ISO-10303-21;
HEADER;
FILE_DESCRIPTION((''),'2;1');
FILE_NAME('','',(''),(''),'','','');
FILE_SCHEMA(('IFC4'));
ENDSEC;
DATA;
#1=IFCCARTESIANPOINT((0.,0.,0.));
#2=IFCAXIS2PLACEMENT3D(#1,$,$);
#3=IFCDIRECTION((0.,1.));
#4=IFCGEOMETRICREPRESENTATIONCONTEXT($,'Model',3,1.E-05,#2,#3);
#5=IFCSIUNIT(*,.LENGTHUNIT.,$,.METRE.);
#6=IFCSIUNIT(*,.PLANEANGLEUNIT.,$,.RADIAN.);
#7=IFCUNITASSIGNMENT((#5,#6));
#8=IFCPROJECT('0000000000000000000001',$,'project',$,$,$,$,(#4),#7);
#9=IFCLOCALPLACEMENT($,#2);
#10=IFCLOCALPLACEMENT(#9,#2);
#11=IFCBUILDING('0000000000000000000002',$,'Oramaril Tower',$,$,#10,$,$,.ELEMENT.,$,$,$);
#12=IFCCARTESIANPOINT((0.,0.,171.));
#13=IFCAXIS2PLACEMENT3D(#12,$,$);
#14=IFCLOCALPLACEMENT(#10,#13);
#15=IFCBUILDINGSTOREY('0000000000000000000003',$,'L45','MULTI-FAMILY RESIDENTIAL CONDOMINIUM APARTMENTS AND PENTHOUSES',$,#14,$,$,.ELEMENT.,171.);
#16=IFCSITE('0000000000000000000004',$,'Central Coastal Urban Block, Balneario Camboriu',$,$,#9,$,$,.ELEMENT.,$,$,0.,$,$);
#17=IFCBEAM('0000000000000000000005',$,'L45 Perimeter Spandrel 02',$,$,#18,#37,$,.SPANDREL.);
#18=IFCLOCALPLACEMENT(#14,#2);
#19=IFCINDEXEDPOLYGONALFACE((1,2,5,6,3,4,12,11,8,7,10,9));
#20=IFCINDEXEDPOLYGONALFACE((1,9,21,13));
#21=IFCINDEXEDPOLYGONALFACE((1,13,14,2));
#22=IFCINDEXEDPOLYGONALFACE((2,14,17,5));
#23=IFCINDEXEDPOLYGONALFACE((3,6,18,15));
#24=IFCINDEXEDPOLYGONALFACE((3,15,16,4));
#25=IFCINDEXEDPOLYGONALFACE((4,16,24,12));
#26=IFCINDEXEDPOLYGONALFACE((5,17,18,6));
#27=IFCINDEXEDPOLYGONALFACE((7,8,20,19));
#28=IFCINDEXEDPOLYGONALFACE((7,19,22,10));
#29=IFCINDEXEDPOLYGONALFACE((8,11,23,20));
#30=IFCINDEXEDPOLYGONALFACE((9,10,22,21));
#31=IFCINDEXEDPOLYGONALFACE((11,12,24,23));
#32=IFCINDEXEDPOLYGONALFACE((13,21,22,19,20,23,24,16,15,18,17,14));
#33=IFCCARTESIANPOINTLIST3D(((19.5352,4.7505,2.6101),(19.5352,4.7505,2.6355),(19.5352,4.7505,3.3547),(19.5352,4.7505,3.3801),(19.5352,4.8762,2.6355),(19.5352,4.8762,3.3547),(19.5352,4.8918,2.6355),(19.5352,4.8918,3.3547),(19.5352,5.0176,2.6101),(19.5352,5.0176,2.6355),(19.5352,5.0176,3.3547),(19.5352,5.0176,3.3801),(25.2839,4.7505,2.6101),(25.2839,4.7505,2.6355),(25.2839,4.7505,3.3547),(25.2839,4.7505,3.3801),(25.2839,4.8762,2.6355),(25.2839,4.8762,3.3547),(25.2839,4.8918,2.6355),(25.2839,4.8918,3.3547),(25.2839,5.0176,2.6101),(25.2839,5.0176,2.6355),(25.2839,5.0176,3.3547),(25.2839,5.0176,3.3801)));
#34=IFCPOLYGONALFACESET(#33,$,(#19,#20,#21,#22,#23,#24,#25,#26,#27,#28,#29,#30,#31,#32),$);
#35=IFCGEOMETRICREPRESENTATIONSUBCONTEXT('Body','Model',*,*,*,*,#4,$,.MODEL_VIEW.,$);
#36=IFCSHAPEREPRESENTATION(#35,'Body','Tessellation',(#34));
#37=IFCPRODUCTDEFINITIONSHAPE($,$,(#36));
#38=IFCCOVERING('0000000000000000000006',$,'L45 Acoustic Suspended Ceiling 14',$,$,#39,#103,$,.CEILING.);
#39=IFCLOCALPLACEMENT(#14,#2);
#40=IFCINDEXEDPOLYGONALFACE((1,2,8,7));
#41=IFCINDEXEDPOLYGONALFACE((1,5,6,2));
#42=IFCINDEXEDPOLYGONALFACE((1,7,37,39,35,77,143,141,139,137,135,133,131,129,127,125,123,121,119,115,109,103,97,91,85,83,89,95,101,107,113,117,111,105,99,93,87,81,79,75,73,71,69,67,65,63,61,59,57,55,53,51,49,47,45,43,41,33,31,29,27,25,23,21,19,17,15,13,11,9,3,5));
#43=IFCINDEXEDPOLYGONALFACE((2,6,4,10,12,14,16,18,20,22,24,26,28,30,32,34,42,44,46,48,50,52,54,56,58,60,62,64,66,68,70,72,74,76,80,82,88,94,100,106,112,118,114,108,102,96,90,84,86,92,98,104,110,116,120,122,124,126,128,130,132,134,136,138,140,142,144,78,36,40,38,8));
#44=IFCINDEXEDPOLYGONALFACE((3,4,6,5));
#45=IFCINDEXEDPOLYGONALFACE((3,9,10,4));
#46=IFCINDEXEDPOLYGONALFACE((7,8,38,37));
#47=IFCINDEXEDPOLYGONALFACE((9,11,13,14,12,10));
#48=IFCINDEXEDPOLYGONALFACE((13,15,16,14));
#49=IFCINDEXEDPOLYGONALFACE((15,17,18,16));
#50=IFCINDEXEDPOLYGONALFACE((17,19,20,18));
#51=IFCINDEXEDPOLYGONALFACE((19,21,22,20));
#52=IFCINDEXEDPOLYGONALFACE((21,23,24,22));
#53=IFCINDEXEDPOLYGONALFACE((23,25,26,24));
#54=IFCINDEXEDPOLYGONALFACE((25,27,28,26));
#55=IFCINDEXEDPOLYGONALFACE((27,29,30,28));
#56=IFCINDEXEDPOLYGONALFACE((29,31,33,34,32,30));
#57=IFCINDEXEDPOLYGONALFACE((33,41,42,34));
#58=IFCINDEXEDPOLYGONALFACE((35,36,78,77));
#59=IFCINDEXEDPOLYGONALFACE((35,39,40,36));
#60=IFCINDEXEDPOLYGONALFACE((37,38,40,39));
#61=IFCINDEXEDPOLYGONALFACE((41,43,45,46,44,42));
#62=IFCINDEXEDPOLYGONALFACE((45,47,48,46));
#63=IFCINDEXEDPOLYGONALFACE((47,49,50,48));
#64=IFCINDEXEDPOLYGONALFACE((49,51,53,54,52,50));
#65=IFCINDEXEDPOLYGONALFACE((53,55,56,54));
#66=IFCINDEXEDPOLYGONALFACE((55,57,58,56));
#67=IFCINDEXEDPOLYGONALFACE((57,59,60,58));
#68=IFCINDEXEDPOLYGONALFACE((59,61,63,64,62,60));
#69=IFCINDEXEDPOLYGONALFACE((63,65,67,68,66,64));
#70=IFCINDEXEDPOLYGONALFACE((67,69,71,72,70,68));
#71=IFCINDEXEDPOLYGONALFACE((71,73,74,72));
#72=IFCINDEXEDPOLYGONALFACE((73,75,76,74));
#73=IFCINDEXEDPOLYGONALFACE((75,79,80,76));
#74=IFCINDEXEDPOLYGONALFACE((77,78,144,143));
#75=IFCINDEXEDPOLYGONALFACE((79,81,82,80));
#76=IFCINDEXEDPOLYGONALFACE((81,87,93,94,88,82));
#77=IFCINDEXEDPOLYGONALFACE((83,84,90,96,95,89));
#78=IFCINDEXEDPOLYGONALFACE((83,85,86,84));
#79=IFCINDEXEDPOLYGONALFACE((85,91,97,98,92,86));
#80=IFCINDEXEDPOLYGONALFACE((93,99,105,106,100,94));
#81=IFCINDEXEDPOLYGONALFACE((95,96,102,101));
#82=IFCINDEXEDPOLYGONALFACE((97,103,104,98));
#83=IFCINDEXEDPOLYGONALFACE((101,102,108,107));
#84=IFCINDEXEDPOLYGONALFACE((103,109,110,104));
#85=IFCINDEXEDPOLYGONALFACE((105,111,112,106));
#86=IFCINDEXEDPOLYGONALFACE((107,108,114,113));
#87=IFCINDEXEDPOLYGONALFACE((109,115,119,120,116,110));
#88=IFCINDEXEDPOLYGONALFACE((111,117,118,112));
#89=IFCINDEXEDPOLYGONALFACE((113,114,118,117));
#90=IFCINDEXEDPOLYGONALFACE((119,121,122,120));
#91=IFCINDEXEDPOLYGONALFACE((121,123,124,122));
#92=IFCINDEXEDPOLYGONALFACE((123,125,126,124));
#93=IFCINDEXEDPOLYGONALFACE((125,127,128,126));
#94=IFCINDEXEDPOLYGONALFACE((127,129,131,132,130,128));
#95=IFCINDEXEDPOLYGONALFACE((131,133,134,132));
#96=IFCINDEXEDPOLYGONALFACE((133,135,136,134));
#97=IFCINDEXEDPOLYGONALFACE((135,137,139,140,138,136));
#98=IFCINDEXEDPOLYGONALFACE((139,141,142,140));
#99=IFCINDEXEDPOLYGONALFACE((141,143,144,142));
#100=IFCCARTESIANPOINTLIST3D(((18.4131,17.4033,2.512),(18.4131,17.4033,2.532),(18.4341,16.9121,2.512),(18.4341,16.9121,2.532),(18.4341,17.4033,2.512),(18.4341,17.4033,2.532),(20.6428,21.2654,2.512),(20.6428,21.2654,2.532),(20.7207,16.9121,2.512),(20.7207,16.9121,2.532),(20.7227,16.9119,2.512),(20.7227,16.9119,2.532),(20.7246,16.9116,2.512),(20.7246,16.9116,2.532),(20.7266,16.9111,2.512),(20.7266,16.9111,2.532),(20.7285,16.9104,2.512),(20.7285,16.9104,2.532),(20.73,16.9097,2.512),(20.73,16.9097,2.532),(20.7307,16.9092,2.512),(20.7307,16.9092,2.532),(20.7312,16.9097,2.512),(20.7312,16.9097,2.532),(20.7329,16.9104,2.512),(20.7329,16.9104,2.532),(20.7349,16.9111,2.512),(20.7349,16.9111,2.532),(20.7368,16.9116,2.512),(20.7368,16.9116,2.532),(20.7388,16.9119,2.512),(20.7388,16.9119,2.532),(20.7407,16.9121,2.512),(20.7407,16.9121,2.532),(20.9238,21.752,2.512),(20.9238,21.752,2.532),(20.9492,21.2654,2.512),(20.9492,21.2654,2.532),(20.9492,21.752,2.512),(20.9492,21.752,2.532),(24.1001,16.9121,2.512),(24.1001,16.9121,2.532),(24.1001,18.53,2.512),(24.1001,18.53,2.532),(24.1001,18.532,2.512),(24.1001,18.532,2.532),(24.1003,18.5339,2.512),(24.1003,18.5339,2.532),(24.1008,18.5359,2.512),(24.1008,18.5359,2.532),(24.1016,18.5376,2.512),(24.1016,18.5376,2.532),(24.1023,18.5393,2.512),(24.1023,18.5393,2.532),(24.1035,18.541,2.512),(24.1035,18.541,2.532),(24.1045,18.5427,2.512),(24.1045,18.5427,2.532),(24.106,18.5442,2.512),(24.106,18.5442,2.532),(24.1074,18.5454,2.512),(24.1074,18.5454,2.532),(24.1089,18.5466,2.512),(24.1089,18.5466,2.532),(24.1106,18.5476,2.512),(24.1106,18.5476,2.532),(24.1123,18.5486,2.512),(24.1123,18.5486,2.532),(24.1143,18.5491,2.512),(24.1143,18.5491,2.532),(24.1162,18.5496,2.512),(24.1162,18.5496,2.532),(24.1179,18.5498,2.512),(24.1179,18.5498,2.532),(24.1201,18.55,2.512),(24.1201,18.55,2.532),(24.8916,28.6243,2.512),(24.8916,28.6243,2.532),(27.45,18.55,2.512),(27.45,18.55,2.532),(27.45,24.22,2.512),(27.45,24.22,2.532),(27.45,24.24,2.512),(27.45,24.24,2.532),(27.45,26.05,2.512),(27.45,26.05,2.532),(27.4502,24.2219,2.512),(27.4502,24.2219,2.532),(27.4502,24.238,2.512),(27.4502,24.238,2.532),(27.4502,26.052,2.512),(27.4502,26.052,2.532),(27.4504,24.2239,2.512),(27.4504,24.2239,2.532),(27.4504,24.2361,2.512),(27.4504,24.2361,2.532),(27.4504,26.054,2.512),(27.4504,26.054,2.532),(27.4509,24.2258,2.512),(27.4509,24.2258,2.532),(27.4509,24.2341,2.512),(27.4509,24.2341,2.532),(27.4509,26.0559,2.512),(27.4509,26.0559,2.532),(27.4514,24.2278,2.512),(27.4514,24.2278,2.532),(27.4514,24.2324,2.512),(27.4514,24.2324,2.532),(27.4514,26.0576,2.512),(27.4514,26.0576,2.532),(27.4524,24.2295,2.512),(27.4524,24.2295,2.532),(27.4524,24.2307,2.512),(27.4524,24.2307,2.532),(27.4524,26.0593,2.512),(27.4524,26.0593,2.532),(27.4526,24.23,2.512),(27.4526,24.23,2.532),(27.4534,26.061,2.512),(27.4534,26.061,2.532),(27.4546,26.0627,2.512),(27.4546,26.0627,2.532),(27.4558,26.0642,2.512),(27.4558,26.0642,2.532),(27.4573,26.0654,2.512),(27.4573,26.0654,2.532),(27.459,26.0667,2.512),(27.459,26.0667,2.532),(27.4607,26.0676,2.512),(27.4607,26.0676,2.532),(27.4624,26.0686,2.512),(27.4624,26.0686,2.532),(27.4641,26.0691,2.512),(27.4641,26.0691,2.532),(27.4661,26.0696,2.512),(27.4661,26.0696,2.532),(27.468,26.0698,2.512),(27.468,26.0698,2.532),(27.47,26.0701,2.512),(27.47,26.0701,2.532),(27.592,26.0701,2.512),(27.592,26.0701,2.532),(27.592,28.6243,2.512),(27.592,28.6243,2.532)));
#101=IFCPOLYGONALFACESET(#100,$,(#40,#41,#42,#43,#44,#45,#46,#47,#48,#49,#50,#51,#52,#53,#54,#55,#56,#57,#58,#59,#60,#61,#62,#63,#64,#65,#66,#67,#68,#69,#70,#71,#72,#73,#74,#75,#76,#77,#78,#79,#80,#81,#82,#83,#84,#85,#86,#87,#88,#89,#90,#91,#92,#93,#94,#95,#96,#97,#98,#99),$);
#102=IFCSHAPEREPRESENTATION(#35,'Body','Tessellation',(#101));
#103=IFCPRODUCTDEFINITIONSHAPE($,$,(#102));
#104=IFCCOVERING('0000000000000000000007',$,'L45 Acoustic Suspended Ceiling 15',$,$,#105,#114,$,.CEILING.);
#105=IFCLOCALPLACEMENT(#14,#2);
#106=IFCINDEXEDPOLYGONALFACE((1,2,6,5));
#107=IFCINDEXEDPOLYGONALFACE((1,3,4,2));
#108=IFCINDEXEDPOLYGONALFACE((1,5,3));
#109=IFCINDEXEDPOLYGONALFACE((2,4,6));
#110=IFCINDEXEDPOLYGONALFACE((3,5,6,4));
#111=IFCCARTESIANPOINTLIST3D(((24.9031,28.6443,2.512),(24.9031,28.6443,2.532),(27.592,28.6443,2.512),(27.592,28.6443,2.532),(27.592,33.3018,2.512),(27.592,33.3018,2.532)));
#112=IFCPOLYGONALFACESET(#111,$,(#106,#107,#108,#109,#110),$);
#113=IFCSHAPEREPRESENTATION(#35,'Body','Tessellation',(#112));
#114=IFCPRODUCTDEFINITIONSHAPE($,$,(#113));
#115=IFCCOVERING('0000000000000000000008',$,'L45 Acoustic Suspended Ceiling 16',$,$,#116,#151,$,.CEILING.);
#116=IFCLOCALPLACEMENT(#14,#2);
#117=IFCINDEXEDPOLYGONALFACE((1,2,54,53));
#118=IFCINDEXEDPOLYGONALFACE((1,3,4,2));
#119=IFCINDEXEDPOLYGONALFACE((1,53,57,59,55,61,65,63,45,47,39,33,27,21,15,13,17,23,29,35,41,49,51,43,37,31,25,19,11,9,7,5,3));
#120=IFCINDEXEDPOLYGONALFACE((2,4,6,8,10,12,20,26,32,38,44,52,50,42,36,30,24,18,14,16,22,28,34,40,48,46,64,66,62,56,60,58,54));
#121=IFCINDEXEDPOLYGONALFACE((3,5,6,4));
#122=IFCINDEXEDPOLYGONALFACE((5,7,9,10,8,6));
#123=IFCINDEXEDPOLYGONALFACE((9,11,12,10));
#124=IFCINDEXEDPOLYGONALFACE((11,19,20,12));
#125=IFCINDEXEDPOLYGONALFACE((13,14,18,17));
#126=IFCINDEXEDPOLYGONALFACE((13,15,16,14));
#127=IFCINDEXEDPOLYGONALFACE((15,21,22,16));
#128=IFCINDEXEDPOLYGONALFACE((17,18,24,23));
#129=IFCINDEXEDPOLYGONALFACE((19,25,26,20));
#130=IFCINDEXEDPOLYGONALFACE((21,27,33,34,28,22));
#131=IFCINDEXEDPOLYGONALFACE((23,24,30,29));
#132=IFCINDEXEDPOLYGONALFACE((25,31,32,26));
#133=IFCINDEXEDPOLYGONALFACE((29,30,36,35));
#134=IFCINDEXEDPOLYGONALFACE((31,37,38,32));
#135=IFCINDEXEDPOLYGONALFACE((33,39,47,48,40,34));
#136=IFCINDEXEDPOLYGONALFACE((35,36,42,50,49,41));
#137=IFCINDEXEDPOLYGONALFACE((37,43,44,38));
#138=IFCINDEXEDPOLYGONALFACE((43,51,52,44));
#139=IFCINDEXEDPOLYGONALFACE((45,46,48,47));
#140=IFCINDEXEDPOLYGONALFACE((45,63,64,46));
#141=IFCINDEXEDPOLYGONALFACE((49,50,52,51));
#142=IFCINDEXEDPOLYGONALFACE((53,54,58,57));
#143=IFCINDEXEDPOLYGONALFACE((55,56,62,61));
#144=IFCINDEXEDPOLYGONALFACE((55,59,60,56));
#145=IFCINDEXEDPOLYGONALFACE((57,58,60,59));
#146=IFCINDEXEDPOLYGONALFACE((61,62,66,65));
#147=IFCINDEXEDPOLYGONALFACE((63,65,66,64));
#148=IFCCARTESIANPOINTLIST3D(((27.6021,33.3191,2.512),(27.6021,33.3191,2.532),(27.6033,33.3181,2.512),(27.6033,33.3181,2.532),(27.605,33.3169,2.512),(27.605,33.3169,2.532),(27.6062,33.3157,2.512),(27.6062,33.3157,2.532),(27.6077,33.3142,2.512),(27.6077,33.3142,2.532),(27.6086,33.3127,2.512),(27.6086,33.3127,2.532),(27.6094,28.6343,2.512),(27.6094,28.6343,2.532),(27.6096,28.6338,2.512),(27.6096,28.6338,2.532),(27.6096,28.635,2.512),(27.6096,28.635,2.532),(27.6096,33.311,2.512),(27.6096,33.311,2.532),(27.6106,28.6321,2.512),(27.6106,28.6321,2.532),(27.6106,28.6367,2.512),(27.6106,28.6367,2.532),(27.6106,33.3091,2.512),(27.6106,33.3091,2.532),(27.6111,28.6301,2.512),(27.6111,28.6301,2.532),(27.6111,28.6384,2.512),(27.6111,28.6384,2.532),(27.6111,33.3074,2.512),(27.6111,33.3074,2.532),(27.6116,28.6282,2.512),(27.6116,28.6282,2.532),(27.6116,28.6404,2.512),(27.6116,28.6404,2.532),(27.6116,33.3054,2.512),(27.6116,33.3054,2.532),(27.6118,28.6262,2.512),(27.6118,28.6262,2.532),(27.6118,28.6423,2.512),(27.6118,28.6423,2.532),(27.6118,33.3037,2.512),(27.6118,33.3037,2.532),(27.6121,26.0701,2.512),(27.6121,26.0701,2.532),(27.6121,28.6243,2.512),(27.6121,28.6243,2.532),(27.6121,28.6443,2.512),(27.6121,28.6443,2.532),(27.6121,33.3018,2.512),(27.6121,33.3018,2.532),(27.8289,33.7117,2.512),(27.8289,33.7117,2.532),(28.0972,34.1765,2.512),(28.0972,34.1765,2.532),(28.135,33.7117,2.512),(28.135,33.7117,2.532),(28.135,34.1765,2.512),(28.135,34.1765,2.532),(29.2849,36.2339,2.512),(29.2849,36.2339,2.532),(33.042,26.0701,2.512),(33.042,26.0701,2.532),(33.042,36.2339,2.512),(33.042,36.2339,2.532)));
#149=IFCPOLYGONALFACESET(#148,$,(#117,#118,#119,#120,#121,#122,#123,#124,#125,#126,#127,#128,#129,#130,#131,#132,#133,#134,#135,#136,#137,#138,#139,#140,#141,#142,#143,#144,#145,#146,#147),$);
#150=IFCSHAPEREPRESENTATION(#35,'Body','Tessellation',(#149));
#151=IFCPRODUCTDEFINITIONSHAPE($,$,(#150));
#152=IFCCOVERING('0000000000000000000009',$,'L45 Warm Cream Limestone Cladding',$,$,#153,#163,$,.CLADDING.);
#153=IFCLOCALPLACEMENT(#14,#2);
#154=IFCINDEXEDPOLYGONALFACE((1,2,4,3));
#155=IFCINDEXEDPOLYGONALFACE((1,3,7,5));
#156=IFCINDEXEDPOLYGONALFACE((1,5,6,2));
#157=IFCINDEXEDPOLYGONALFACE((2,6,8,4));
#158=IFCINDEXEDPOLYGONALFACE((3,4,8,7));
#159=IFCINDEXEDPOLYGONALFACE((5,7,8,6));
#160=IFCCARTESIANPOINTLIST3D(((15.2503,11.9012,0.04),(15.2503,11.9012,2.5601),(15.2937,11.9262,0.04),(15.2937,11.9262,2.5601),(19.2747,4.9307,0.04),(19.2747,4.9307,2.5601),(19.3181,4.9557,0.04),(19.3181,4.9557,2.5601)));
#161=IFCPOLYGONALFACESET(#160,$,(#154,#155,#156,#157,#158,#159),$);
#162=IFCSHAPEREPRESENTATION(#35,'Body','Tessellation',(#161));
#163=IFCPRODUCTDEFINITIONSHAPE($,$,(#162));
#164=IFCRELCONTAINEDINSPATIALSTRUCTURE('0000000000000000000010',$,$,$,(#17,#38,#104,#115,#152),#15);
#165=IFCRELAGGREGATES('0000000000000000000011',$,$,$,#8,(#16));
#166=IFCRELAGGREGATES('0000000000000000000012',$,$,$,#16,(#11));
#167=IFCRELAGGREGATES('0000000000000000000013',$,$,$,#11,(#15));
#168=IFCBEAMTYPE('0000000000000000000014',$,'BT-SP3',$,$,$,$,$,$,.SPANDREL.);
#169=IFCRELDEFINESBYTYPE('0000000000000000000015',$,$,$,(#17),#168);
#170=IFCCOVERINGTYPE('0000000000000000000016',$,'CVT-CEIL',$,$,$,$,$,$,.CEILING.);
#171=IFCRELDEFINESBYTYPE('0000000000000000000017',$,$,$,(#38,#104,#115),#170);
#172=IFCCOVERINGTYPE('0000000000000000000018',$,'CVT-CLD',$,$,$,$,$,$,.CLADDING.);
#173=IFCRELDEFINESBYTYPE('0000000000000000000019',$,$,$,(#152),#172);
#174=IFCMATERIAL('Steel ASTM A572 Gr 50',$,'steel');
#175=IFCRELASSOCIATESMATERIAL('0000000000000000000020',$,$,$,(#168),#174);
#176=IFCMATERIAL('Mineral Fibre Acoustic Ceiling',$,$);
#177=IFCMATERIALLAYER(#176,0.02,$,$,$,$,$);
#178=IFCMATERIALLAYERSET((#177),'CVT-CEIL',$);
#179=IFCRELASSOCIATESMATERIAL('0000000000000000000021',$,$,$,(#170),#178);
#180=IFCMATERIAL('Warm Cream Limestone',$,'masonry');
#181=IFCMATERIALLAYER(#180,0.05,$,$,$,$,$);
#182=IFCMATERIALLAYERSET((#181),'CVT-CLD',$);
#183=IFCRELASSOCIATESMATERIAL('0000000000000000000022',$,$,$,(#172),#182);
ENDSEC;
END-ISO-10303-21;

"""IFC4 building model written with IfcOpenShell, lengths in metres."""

from ifc_helpers import new_model, si_unit, direction, frame, origin, origin_2d, place, context, subcontext, project, spatial, polyline, rectangle, i_section, outline, extrude, material, layer, layer_set, material_profile, profile_set, type_object, element, save


model = new_model("IFC4")

# Units and contexts
model_context = context("Model", 3, precision=1e-05, world=origin(), true_north=direction((0.0, 1.0)))
body_context = subcontext(model_context, "Body", "Model", "MODEL_VIEW")
ifc_project = project(units=[si_unit("LENGTHUNIT", "METRE"), si_unit("PLANEANGLEUNIT", "RADIAN")], contexts=[model_context])

# Site, building, storey
site_placement = place(None, origin())
site = spatial("IfcSite", under=ifc_project, at=site_placement, Name="Central Coastal Urban Block, Balneario Camboriu", CompositionType="ELEMENT", RefElevation=0.0)
building_placement = place(site_placement, origin())
building = spatial("IfcBuilding", under=site, at=building_placement, Name="Oramaril Tower", CompositionType="ELEMENT")
storey_placement = place(building_placement, frame((0.0, 0.0, 171.0)))
storey = spatial("IfcBuildingStorey", under=building, at=storey_placement, Name="L45", Description="MULTI-FAMILY RESIDENTIAL CONDOMINIUM APARTMENTS AND PENTHOUSES", CompositionType="ELEMENT", Elevation=171.0)

# Beam
ifc_material_1 = material(Name="Steel ASTM A572 Gr 50", Category="steel")
ifc_material_profile = material_profile(ifc_material_1, i_section(OverallWidth=0.2671, OverallDepth=0.77, WebThickness=0.0156, FlangeThickness=0.0254, at=origin_2d()), Name="W30X132")
ifc_profile_set = profile_set([ifc_material_profile], Name="Steel ASTM A572 Gr 50")
beam_type = type_object("IfcBeamType", Name="BT-SP3", PredefinedType="SPANDREL", material=ifc_profile_set)
beam_placement = place(storey_placement, frame((19.5352, 4.884, 2.9951), z_axis=(1.0, 0.0, 0.0), x_axis=(0.0, 1.0, 0.0)))
element("IfcBeam", 1, at=beam_placement, inside=storey, type_object=beam_type, Name="L45 Perimeter Spandrel 02", PredefinedType="SPANDREL", context=body_context, shape_type="SweptSolid", body=[
    extrude(i_section(OverallWidth=0.2671, OverallDepth=0.77, WebThickness=0.0156, FlangeThickness=0.0254, at=origin_2d()), origin(), (0.0, 0.0, 1.0), 5.7488),
])

# Coverings
ifc_material_2 = material(Name="Mineral Fibre Acoustic Ceiling")
ifc_layer_1 = layer(ifc_material_2, 0.02)
ifc_layer_set_1 = layer_set([ifc_layer_1], Name="CVT-CEIL")
covering_type_1 = type_object("IfcCoveringType", Name="CVT-CEIL", PredefinedType="CEILING", material=ifc_layer_set_1)
covering_1_placement = place(storey_placement, frame((0.0, 0.0, 2.512)))
element("IfcCovering", 2, at=covering_1_placement, inside=storey, type_object=covering_type_1, Name="L45 Acoustic Suspended Ceiling 14", PredefinedType="CEILING", context=body_context, shape_type="SweptSolid", body=[
    extrude(outline(polyline([(18.4341, 17.4033), (18.4131, 17.4033), (20.6428, 21.2654), (20.9492, 21.2654), (20.9492, 21.752), (20.9238, 21.752), (24.8916, 28.6243), (27.592, 28.6243), (27.592, 26.0701), (27.47, 26.0701), (27.468, 26.0698), (27.4661, 26.0696), (27.4641, 26.0691), (27.4624, 26.0686), (27.4607, 26.0676), (27.459, 26.0667), (27.4573, 26.0654), (27.4558, 26.0642), (27.4546, 26.0627), (27.4534, 26.061), (27.4524, 26.0593), (27.4514, 26.0576), (27.4509, 26.0559), (27.4504, 26.054), (27.4502, 26.052), (27.45, 26.05), (27.45, 24.24), (27.4502, 24.238), (27.4504, 24.2361), (27.4509, 24.2341), (27.4514, 24.2324), (27.4524, 24.2307), (27.4526, 24.23), (27.4524, 24.2295), (27.4514, 24.2278), (27.4509, 24.2258), (27.4504, 24.2239), (27.4502, 24.2219), (27.45, 24.22), (27.45, 18.55), (24.1201, 18.55), (24.1179, 18.5498), (24.1162, 18.5496), (24.1143, 18.5491), (24.1123, 18.5486), (24.1106, 18.5476), (24.1089, 18.5466), (24.1074, 18.5454), (24.106, 18.5442), (24.1045, 18.5427), (24.1035, 18.541), (24.1023, 18.5393), (24.1016, 18.5376), (24.1008, 18.5359), (24.1003, 18.5339), (24.1001, 18.532), (24.1001, 18.53), (24.1001, 16.9121), (20.7407, 16.9121), (20.7388, 16.9119), (20.7368, 16.9116), (20.7349, 16.9111), (20.7329, 16.9104), (20.7312, 16.9097), (20.7307, 16.9092), (20.73, 16.9097), (20.7285, 16.9104), (20.7266, 16.9111), (20.7246, 16.9116), (20.7227, 16.9119), (20.7207, 16.9121), (18.4341, 16.9121), (18.4341, 17.4033)])), origin(), (0.0, 0.0, 1.0), 0.02),
])
covering_2_placement = place(storey_placement, frame((0.0, 0.0, 2.512)))
element("IfcCovering", 3, at=covering_2_placement, inside=storey, type_object=covering_type_1, Name="L45 Acoustic Suspended Ceiling 15", PredefinedType="CEILING", context=body_context, shape_type="SweptSolid", body=[
    extrude(outline(polyline([(27.592, 33.3018), (27.592, 28.6443), (24.9031, 28.6443), (27.592, 33.3018)])), origin(), (0.0, 0.0, 1.0), 0.02),
])
covering_3_placement = place(storey_placement, frame((0.0, 0.0, 2.512)))
element("IfcCovering", 4, at=covering_3_placement, inside=storey, type_object=covering_type_1, Name="L45 Acoustic Suspended Ceiling 16", PredefinedType="CEILING", context=body_context, shape_type="SweptSolid", body=[
    extrude(outline(polyline([(28.135, 33.7117), (28.135, 34.1765), (28.0972, 34.1765), (29.2849, 36.2339), (33.042, 36.2339), (33.042, 26.0701), (27.6121, 26.0701), (27.6121, 28.6243), (27.6118, 28.6262), (27.6116, 28.6282), (27.6111, 28.6301), (27.6106, 28.6321), (27.6096, 28.6338), (27.6094, 28.6343), (27.6096, 28.635), (27.6106, 28.6367), (27.6111, 28.6384), (27.6116, 28.6404), (27.6118, 28.6423), (27.6121, 28.6443), (27.6121, 33.3018), (27.6118, 33.3037), (27.6116, 33.3054), (27.6111, 33.3074), (27.6106, 33.3091), (27.6096, 33.311), (27.6086, 33.3127), (27.6077, 33.3142), (27.6062, 33.3157), (27.605, 33.3169), (27.6033, 33.3181), (27.6021, 33.3191), (27.8289, 33.7117), (28.135, 33.7117)])), origin(), (0.0, 0.0, 1.0), 0.02),
])
ifc_material_3 = material(Name="Warm Cream Limestone", Category="masonry")
ifc_layer_2 = layer(ifc_material_3, 0.05)
ifc_layer_set_2 = layer_set([ifc_layer_2], Name="CVT-CLD")
covering_type_2 = type_object("IfcCoveringType", Name="CVT-CLD", PredefinedType="CLADDING", material=ifc_layer_set_2)
covering_4_placement = place(storey_placement, frame((17.2842, 8.4285, 0.04), z_axis=(0.0, 0.0, 1.0), x_axis=(0.499998, -0.866026, 0.0)))
element("IfcCovering", 5, at=covering_4_placement, inside=storey, type_object=covering_type_2, Name="L45 Warm Cream Limestone Cladding", PredefinedType="CLADDING", context=body_context, shape_type="SweptSolid", body=[
    extrude(rectangle(XDim=8.0488, YDim=0.05, at=origin_2d()), origin(), (0.0, 0.0, 1.0), 2.52),
])

save(model, "model.ifc")
